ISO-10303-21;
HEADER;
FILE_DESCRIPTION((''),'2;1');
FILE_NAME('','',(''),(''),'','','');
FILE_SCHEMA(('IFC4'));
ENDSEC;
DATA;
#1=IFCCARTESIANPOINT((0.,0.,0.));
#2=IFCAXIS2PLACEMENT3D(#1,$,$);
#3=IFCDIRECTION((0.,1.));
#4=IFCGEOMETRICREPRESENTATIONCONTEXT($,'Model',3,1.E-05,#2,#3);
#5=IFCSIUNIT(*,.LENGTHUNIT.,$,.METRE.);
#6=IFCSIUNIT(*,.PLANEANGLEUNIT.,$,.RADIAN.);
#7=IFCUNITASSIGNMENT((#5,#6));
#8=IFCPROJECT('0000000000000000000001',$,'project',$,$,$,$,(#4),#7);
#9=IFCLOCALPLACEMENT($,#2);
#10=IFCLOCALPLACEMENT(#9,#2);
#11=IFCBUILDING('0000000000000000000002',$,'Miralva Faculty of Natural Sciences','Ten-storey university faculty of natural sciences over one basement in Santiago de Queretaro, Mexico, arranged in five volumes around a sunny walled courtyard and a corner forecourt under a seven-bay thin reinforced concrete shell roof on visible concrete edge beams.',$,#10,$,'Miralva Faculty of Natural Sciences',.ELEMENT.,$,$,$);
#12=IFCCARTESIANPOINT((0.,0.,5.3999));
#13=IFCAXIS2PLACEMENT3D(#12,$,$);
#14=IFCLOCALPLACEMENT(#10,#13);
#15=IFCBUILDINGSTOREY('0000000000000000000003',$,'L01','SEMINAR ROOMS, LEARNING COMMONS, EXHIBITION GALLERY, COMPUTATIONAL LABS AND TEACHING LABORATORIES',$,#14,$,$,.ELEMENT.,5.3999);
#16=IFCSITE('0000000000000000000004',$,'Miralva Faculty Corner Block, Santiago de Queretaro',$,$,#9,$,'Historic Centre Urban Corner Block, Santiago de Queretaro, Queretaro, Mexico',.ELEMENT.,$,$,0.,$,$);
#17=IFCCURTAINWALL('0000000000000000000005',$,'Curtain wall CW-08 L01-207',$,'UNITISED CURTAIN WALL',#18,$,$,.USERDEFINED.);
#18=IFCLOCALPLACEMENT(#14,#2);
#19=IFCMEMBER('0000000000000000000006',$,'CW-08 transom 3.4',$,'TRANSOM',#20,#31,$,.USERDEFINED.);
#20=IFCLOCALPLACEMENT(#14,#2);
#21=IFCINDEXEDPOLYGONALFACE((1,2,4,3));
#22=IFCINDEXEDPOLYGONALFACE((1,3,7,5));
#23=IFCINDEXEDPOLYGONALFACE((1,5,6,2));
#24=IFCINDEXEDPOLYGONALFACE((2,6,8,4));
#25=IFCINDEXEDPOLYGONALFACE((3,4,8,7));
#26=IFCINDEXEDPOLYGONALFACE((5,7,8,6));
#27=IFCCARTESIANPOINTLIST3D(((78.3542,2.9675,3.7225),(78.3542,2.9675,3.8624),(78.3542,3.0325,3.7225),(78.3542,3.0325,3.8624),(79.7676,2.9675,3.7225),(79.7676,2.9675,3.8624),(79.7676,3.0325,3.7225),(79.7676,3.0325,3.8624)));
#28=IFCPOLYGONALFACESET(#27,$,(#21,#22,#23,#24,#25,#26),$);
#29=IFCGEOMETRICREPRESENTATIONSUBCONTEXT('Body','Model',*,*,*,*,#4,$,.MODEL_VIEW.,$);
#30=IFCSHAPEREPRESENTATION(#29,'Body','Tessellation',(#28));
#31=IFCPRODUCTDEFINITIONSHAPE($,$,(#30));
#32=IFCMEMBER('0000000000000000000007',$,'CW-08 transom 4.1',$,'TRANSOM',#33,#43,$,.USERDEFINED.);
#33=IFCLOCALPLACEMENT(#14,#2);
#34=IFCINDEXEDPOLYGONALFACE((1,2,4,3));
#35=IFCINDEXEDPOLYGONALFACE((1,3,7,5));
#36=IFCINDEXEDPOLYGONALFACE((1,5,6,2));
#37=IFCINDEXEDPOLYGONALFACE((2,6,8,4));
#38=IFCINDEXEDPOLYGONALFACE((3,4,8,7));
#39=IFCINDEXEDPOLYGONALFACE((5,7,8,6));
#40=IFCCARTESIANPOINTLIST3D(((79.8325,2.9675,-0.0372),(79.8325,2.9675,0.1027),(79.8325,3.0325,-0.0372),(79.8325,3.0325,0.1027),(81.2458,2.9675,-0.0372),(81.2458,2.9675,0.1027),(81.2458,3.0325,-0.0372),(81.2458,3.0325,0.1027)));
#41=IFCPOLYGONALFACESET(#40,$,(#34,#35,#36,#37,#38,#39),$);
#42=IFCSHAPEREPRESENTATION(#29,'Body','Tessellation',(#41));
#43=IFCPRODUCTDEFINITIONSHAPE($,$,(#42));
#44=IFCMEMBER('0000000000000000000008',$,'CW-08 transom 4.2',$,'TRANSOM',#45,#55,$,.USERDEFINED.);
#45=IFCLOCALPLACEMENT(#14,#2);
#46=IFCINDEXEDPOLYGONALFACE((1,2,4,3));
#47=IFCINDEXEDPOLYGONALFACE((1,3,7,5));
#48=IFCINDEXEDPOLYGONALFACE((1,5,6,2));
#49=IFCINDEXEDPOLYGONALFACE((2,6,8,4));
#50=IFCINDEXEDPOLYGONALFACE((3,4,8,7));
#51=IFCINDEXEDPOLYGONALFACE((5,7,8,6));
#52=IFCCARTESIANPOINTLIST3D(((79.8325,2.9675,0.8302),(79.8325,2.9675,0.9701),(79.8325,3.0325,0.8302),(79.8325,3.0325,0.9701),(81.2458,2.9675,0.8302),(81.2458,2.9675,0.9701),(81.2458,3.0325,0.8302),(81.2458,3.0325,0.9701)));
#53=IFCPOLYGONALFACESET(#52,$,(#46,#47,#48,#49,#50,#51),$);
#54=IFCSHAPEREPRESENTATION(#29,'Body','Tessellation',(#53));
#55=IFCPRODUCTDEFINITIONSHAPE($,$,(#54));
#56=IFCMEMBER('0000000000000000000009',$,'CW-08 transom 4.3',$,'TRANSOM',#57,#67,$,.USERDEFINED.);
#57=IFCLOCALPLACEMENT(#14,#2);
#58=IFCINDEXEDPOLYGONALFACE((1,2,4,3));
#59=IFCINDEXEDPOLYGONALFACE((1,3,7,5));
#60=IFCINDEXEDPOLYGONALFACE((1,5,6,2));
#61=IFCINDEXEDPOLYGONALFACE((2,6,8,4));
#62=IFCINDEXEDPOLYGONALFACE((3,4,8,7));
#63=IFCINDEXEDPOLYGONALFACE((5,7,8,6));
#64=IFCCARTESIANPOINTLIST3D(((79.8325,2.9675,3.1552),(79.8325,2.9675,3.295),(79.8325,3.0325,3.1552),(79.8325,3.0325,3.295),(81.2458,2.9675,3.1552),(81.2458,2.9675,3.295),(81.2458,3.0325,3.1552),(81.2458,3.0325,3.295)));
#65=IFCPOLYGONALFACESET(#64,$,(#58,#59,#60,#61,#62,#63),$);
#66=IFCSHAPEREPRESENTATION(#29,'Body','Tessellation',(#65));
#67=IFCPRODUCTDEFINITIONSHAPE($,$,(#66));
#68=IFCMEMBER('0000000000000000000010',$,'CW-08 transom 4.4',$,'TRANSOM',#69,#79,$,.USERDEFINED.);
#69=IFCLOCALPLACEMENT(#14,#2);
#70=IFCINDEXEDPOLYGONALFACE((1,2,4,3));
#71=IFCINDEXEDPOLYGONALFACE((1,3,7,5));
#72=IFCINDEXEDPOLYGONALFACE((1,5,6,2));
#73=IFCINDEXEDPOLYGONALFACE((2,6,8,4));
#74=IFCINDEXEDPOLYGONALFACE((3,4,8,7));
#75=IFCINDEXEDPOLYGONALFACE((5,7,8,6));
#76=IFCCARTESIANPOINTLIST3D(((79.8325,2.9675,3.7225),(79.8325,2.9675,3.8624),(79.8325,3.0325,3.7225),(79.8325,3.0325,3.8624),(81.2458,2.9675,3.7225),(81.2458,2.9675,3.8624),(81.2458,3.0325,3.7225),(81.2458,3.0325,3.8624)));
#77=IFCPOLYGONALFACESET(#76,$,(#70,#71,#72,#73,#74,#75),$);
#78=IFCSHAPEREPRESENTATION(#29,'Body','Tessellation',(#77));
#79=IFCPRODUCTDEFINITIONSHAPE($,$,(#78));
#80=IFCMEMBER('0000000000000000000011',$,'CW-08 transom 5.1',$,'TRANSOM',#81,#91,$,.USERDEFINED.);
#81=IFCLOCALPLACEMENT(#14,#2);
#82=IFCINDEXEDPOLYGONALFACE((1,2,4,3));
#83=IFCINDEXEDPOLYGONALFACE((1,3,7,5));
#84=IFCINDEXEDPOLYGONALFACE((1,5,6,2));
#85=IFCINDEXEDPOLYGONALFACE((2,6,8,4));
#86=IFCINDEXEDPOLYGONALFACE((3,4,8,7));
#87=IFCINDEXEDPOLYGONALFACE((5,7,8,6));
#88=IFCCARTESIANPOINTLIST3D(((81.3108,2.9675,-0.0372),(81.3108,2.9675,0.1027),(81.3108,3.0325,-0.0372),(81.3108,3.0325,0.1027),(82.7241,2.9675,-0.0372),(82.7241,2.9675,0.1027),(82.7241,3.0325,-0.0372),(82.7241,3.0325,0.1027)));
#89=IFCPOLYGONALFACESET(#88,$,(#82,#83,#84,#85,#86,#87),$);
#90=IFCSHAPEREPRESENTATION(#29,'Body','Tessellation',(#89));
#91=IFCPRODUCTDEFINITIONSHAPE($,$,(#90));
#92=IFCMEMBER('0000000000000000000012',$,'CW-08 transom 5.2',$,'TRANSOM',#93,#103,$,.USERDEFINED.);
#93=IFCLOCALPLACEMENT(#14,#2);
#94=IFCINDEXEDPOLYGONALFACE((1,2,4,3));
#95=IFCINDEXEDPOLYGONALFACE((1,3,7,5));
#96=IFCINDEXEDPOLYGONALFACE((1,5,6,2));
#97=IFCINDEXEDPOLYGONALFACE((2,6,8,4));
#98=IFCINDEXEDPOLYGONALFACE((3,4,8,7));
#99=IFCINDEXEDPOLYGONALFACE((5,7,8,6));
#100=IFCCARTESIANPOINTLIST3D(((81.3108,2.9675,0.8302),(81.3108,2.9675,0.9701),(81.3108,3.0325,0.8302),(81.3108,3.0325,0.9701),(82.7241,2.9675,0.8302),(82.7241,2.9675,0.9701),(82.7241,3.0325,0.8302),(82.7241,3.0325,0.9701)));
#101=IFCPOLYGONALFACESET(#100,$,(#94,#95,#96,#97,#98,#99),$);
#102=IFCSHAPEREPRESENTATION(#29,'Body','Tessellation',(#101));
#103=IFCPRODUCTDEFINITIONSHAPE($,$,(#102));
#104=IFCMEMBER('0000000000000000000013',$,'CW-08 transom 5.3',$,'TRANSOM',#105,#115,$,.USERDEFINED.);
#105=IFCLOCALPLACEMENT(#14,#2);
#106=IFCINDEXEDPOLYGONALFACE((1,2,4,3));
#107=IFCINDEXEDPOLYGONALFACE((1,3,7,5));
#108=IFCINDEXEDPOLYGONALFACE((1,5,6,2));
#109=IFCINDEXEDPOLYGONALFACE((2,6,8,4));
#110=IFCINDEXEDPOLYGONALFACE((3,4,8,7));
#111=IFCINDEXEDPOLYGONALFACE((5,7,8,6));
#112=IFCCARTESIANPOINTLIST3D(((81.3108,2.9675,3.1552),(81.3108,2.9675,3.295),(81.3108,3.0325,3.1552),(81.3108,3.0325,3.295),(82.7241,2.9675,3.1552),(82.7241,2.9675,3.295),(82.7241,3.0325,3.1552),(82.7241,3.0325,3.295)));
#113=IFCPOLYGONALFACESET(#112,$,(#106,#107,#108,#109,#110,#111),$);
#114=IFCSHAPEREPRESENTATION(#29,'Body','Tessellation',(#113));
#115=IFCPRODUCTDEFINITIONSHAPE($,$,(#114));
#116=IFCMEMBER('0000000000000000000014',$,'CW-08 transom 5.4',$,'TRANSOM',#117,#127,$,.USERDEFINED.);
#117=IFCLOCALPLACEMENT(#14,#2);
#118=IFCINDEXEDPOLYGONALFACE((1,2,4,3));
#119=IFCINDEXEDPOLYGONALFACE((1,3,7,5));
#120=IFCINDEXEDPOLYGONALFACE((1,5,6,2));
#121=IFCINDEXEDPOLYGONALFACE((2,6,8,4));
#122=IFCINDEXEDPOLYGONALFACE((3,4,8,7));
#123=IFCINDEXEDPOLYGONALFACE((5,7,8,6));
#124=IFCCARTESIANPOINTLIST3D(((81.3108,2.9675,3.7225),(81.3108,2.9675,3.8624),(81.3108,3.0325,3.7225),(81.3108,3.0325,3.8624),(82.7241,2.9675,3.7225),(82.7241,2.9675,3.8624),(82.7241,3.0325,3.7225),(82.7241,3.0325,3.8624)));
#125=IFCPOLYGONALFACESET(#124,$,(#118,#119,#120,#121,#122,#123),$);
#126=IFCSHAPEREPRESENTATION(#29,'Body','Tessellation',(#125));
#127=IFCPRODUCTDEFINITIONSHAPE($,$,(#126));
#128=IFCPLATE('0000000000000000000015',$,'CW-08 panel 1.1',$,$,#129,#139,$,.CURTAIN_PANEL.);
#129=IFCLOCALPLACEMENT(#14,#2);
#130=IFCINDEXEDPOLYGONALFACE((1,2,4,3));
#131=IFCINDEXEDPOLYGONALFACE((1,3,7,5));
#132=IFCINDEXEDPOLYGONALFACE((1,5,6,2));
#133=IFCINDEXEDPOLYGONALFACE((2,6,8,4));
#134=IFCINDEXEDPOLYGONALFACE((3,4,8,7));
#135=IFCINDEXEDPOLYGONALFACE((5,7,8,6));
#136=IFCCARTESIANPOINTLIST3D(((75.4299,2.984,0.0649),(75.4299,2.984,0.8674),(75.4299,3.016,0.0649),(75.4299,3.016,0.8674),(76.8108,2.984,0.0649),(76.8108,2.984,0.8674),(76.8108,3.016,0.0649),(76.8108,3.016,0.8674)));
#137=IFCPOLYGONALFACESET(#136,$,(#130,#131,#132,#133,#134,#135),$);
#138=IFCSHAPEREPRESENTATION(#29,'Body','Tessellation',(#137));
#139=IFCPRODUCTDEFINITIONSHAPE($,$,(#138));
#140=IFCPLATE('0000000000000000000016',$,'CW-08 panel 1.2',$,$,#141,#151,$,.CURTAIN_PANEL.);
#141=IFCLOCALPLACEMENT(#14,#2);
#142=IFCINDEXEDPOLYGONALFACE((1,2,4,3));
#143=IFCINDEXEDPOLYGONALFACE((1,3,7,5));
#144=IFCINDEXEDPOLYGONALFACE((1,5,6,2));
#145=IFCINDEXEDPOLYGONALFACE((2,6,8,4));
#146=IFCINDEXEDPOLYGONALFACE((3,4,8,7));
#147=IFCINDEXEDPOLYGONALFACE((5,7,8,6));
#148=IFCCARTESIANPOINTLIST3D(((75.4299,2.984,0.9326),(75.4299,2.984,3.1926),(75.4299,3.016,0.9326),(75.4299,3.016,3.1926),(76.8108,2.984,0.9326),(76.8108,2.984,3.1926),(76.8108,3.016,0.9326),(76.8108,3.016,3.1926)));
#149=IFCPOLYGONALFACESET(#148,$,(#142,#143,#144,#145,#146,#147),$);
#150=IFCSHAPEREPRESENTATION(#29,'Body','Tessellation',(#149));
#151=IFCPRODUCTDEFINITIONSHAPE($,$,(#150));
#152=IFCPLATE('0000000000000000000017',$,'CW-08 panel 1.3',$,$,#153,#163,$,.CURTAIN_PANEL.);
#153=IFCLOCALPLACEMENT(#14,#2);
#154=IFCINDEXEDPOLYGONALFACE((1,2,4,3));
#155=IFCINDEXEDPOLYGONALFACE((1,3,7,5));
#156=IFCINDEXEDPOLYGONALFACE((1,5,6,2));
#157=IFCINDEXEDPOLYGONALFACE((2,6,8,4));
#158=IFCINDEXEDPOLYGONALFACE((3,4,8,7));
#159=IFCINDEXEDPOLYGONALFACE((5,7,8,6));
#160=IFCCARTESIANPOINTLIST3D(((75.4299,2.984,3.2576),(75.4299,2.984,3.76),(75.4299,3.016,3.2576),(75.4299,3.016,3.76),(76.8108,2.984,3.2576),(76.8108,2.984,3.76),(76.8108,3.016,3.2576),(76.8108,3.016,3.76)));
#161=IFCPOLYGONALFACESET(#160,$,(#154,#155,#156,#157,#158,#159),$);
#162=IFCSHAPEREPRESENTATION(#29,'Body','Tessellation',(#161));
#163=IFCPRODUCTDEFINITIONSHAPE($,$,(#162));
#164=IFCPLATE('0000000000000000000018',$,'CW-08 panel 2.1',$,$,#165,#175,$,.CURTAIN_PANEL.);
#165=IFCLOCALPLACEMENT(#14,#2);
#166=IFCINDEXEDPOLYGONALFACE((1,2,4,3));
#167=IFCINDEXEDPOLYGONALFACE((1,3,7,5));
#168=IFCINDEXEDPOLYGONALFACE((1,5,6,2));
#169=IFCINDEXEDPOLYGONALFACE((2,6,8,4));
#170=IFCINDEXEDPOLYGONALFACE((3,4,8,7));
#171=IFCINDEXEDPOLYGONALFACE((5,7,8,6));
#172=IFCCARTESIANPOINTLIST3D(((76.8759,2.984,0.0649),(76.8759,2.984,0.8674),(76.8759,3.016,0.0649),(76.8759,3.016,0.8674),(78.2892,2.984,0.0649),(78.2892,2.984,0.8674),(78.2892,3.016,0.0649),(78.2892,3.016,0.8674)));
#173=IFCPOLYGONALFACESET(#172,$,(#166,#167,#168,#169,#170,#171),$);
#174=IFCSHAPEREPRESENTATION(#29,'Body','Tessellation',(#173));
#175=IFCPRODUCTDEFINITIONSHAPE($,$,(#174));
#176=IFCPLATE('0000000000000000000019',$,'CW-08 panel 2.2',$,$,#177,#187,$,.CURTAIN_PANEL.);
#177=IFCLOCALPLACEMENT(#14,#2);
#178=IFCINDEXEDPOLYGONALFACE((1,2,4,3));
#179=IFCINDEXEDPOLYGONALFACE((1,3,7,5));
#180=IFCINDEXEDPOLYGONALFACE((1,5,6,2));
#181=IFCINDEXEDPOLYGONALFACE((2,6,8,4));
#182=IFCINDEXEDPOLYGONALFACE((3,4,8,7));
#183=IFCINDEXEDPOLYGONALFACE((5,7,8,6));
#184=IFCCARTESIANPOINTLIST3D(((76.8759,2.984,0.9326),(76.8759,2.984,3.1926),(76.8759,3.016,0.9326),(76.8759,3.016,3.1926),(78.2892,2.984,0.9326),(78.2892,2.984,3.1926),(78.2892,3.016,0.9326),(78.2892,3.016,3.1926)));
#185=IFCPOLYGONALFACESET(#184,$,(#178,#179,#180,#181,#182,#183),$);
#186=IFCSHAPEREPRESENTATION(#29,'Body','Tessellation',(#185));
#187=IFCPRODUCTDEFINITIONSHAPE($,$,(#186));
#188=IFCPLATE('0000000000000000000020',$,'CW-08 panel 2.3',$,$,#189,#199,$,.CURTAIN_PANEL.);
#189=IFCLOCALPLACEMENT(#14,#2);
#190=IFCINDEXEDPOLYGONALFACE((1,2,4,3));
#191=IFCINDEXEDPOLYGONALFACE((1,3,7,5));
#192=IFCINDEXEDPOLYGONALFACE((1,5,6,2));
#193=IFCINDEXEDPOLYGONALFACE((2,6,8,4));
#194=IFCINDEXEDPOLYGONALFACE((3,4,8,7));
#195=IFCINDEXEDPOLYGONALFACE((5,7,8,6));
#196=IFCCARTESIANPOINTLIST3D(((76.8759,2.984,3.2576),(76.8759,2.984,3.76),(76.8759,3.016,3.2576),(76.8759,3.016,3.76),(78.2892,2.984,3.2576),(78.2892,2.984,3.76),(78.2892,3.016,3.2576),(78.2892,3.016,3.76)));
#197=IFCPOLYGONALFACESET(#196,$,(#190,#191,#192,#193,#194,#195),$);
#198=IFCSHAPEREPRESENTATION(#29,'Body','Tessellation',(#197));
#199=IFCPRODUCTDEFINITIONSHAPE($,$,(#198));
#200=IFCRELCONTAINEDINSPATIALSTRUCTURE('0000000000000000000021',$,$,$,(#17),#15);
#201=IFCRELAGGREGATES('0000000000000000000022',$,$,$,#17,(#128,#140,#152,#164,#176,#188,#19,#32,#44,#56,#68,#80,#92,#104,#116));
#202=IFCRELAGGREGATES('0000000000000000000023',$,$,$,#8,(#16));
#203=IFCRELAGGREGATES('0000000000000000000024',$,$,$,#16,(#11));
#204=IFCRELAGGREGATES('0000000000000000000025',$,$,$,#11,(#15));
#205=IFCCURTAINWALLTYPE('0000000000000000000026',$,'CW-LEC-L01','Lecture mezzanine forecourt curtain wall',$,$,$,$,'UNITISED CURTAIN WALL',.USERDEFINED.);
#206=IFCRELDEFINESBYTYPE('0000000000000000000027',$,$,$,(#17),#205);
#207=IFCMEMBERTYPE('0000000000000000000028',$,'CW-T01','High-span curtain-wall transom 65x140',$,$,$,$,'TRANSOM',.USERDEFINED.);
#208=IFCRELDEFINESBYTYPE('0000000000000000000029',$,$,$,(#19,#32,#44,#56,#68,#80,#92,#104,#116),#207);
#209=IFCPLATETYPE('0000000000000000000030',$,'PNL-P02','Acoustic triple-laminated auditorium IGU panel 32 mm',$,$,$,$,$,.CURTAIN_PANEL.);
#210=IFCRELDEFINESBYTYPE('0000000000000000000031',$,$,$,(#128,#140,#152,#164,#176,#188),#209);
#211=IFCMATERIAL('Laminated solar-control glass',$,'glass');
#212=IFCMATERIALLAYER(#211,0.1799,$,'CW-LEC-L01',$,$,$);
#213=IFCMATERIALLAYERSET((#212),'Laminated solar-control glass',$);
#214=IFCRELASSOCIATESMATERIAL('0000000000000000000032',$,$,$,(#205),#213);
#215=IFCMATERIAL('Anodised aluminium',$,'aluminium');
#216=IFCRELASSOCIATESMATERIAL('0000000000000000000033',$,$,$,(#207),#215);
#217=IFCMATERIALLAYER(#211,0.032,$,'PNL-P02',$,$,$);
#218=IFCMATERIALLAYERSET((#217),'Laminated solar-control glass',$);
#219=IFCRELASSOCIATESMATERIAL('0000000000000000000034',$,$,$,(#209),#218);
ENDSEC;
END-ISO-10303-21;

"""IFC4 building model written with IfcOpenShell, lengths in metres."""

from ifc_helpers import new_model, si_unit, direction, frame, origin, origin_2d, place, context, subcontext, project, spatial, rectangle, extrude, material, layer, layer_set, material_profile, profile_set, type_object, element, aggregate, save


model = new_model("IFC4")

# Units and contexts
model_context = context("Model", 3, precision=1e-05, world=origin(), true_north=direction((0.0, 1.0)))
body_context = subcontext(model_context, "Body", "Model", "MODEL_VIEW")
ifc_project = project(units=[si_unit("LENGTHUNIT", "METRE"), si_unit("PLANEANGLEUNIT", "RADIAN")], contexts=[model_context])

# Site, building, storey
site_placement = place(None, origin())
site = spatial("IfcSite", under=ifc_project, at=site_placement, Name="Miralva Faculty Corner Block, Santiago de Queretaro", LongName="Historic Centre Urban Corner Block, Santiago de Queretaro, Queretaro, Mexico", CompositionType="ELEMENT", RefElevation=0.0)
building_placement = place(site_placement, origin())
building = spatial("IfcBuilding", under=site, at=building_placement, Name="Miralva Faculty of Natural Sciences", Description="Ten-storey university faculty of natural sciences over one basement in Santiago de Queretaro, Mexico, arranged in five volumes around a sunny walled courtyard and a corner forecourt under a seven-bay thin reinforced concrete shell roof on visible concrete edge beams.", LongName="Miralva Faculty of Natural Sciences", CompositionType="ELEMENT")
storey_placement = place(building_placement, frame((0.0, 0.0, 5.3999)))
storey = spatial("IfcBuildingStorey", under=building, at=storey_placement, Name="L01", Description="SEMINAR ROOMS, LEARNING COMMONS, EXHIBITION GALLERY, COMPUTATIONAL LABS AND TEACHING LABORATORIES", CompositionType="ELEMENT", Elevation=5.3999)

# Curtain wall, members, plates
ifc_material_1 = material(Name="Laminated solar-control glass", Category="glass")
ifc_layer_1 = layer(ifc_material_1, 0.1799, Name="CW-LEC-L01")
ifc_layer_set_1 = layer_set([ifc_layer_1], Name="Laminated solar-control glass")
curtain_wall_type = type_object("IfcCurtainWallType", Name="CW-LEC-L01", Description="Lecture mezzanine forecourt curtain wall", ElementType="UNITISED CURTAIN WALL", PredefinedType="USERDEFINED", material=ifc_layer_set_1)
curtain_wall_placement = place(storey_placement, origin())
curtain_wall = element("IfcCurtainWall", 1, at=curtain_wall_placement, inside=storey, type_object=curtain_wall_type, Name="Curtain wall CW-08 L01-207", ObjectType="UNITISED CURTAIN WALL", PredefinedType="USERDEFINED")
ifc_material_2 = material(Name="Anodised aluminium", Category="aluminium")
ifc_material_profile_1 = material_profile(ifc_material_2, rectangle(XDim=0.0649, YDim=0.1399, at=origin_2d()), Name="TRANSOM 65x140")
ifc_profile_set_1 = profile_set([ifc_material_profile_1], Name="Anodised aluminium")
member_type_1 = type_object("IfcMemberType", Name="CW-T01", Description="High-span curtain-wall transom 65x140", ElementType="TRANSOM", PredefinedType="USERDEFINED", material=ifc_profile_set_1)
member_1_placement = place(storey_placement, frame((78.3542, 3.0, 3.7925), z_axis=(1.0, 0.0, 0.0), x_axis=(0.0, 1.0, 0.0)))
member_1 = element("IfcMember", 2, at=member_1_placement, type_object=member_type_1, Name="CW-08 transom 3.4", ObjectType="TRANSOM", PredefinedType="USERDEFINED", context=body_context, shape_type="SweptSolid", body=[
    extrude(rectangle(XDim=0.0649, YDim=0.1399, at=origin_2d()), origin(), (0.0, 0.0, 1.0), 1.4133),
])
member_2_placement = place(storey_placement, frame((79.8325, 3.0, 0.0327), z_axis=(1.0, 0.0, 0.0), x_axis=(0.0, 1.0, 0.0)))
member_2 = element("IfcMember", 3, at=member_2_placement, type_object=member_type_1, Name="CW-08 transom 4.1", ObjectType="TRANSOM", PredefinedType="USERDEFINED", context=body_context, shape_type="SweptSolid", body=[
    extrude(rectangle(XDim=0.0649, YDim=0.1399, at=origin_2d()), origin(), (0.0, 0.0, 1.0), 1.4133),
])
member_3_placement = place(storey_placement, frame((79.8325, 3.0, 0.9001), z_axis=(1.0, 0.0, 0.0), x_axis=(0.0, 1.0, 0.0)))
member_3 = element("IfcMember", 4, at=member_3_placement, type_object=member_type_1, Name="CW-08 transom 4.2", ObjectType="TRANSOM", PredefinedType="USERDEFINED", context=body_context, shape_type="SweptSolid", body=[
    extrude(rectangle(XDim=0.0649, YDim=0.1399, at=origin_2d()), origin(), (0.0, 0.0, 1.0), 1.4133),
])
member_4_placement = place(storey_placement, frame((79.8325, 3.0, 3.2251), z_axis=(1.0, 0.0, 0.0), x_axis=(0.0, 1.0, 0.0)))
member_4 = element("IfcMember", 5, at=member_4_placement, type_object=member_type_1, Name="CW-08 transom 4.3", ObjectType="TRANSOM", PredefinedType="USERDEFINED", context=body_context, shape_type="SweptSolid", body=[
    extrude(rectangle(XDim=0.0649, YDim=0.1399, at=origin_2d()), origin(), (0.0, 0.0, 1.0), 1.4133),
])
member_5_placement = place(storey_placement, frame((79.8325, 3.0, 3.7925), z_axis=(1.0, 0.0, 0.0), x_axis=(0.0, 1.0, 0.0)))
member_5 = element("IfcMember", 6, at=member_5_placement, type_object=member_type_1, Name="CW-08 transom 4.4", ObjectType="TRANSOM", PredefinedType="USERDEFINED", context=body_context, shape_type="SweptSolid", body=[
    extrude(rectangle(XDim=0.0649, YDim=0.1399, at=origin_2d()), origin(), (0.0, 0.0, 1.0), 1.4133),
])
member_6_placement = place(storey_placement, frame((81.3108, 3.0, 0.0327), z_axis=(1.0, 0.0, 0.0), x_axis=(0.0, 1.0, 0.0)))
member_6 = element("IfcMember", 7, at=member_6_placement, type_object=member_type_1, Name="CW-08 transom 5.1", ObjectType="TRANSOM", PredefinedType="USERDEFINED", context=body_context, shape_type="SweptSolid", body=[
    extrude(rectangle(XDim=0.0649, YDim=0.1399, at=origin_2d()), origin(), (0.0, 0.0, 1.0), 1.4133),
])
member_7_placement = place(storey_placement, frame((81.3108, 3.0, 0.9001), z_axis=(1.0, 0.0, 0.0), x_axis=(0.0, 1.0, 0.0)))
member_7 = element("IfcMember", 8, at=member_7_placement, type_object=member_type_1, Name="CW-08 transom 5.2", ObjectType="TRANSOM", PredefinedType="USERDEFINED", context=body_context, shape_type="SweptSolid", body=[
    extrude(rectangle(XDim=0.0649, YDim=0.1399, at=origin_2d()), origin(), (0.0, 0.0, 1.0), 1.4133),
])
member_8_placement = place(storey_placement, frame((81.3108, 3.0, 3.2251), z_axis=(1.0, 0.0, 0.0), x_axis=(0.0, 1.0, 0.0)))
member_8 = element("IfcMember", 9, at=member_8_placement, type_object=member_type_1, Name="CW-08 transom 5.3", ObjectType="TRANSOM", PredefinedType="USERDEFINED", context=body_context, shape_type="SweptSolid", body=[
    extrude(rectangle(XDim=0.0649, YDim=0.1399, at=origin_2d()), origin(), (0.0, 0.0, 1.0), 1.4133),
])
member_9_placement = place(storey_placement, frame((81.3108, 3.0, 3.7925), z_axis=(1.0, 0.0, 0.0), x_axis=(0.0, 1.0, 0.0)))
member_9 = element("IfcMember", 10, at=member_9_placement, type_object=member_type_1, Name="CW-08 transom 5.4", ObjectType="TRANSOM", PredefinedType="USERDEFINED", context=body_context, shape_type="SweptSolid", body=[
    extrude(rectangle(XDim=0.0649, YDim=0.1399, at=origin_2d()), origin(), (0.0, 0.0, 1.0), 1.4133),
])
ifc_layer_2 = layer(ifc_material_1, 0.032, Name="PNL-P02")
ifc_layer_set_2 = layer_set([ifc_layer_2], Name="Laminated solar-control glass")
plate_type = type_object("IfcPlateType", Name="PNL-P02", Description="Acoustic triple-laminated auditorium IGU panel 32 mm", PredefinedType="CURTAIN_PANEL", material=ifc_layer_set_2)
plate_1_placement = place(storey_placement, frame((76.1204, 3.0, 0.0649), z_axis=(0.0, 0.0, 1.0), x_axis=(1.0, 0.0, 0.0)))
plate_1 = element("IfcPlate", 11, at=plate_1_placement, type_object=plate_type, Name="CW-08 panel 1.1", PredefinedType="CURTAIN_PANEL", context=body_context, shape_type="SweptSolid", body=[
    extrude(rectangle(XDim=1.3809, YDim=0.032, at=origin_2d()), origin(), (0.0, 0.0, 1.0), 0.8025),
])
plate_2_placement = place(storey_placement, frame((76.1204, 3.0, 0.9326), z_axis=(0.0, 0.0, 1.0), x_axis=(1.0, 0.0, 0.0)))
plate_2 = element("IfcPlate", 12, at=plate_2_placement, type_object=plate_type, Name="CW-08 panel 1.2", PredefinedType="CURTAIN_PANEL", context=body_context, shape_type="SweptSolid", body=[
    extrude(rectangle(XDim=1.3809, YDim=0.032, at=origin_2d()), origin(), (0.0, 0.0, 1.0), 2.26),
])
plate_3_placement = place(storey_placement, frame((76.1204, 3.0, 3.2576), z_axis=(0.0, 0.0, 1.0), x_axis=(1.0, 0.0, 0.0)))
plate_3 = element("IfcPlate", 13, at=plate_3_placement, type_object=plate_type, Name="CW-08 panel 1.3", PredefinedType="CURTAIN_PANEL", context=body_context, shape_type="SweptSolid", body=[
    extrude(rectangle(XDim=1.3809, YDim=0.032, at=origin_2d()), origin(), (0.0, 0.0, 1.0), 0.5024),
])
plate_4_placement = place(storey_placement, frame((77.5825, 3.0, 0.0649), z_axis=(0.0, 0.0, 1.0), x_axis=(1.0, 0.0, 0.0)))
plate_4 = element("IfcPlate", 14, at=plate_4_placement, type_object=plate_type, Name="CW-08 panel 2.1", PredefinedType="CURTAIN_PANEL", context=body_context, shape_type="SweptSolid", body=[
    extrude(rectangle(XDim=1.4133, YDim=0.032, at=origin_2d()), origin(), (0.0, 0.0, 1.0), 0.8025),
])
plate_5_placement = place(storey_placement, frame((77.5825, 3.0, 0.9326), z_axis=(0.0, 0.0, 1.0), x_axis=(1.0, 0.0, 0.0)))
plate_5 = element("IfcPlate", 15, at=plate_5_placement, type_object=plate_type, Name="CW-08 panel 2.2", PredefinedType="CURTAIN_PANEL", context=body_context, shape_type="SweptSolid", body=[
    extrude(rectangle(XDim=1.4133, YDim=0.032, at=origin_2d()), origin(), (0.0, 0.0, 1.0), 2.26),
])
plate_6_placement = place(storey_placement, frame((77.5825, 3.0, 3.2576), z_axis=(0.0, 0.0, 1.0), x_axis=(1.0, 0.0, 0.0)))
plate_6 = element("IfcPlate", 16, at=plate_6_placement, type_object=plate_type, Name="CW-08 panel 2.3", PredefinedType="CURTAIN_PANEL", context=body_context, shape_type="SweptSolid", body=[
    extrude(rectangle(XDim=1.4133, YDim=0.032, at=origin_2d()), origin(), (0.0, 0.0, 1.0), 0.5024),
])
aggregate(curtain_wall, [plate_1, plate_2, plate_3, plate_4, plate_5, plate_6, member_1, member_2, member_3, member_4, member_5, member_6, member_7, member_8, member_9])

save(model, "model.ifc")
